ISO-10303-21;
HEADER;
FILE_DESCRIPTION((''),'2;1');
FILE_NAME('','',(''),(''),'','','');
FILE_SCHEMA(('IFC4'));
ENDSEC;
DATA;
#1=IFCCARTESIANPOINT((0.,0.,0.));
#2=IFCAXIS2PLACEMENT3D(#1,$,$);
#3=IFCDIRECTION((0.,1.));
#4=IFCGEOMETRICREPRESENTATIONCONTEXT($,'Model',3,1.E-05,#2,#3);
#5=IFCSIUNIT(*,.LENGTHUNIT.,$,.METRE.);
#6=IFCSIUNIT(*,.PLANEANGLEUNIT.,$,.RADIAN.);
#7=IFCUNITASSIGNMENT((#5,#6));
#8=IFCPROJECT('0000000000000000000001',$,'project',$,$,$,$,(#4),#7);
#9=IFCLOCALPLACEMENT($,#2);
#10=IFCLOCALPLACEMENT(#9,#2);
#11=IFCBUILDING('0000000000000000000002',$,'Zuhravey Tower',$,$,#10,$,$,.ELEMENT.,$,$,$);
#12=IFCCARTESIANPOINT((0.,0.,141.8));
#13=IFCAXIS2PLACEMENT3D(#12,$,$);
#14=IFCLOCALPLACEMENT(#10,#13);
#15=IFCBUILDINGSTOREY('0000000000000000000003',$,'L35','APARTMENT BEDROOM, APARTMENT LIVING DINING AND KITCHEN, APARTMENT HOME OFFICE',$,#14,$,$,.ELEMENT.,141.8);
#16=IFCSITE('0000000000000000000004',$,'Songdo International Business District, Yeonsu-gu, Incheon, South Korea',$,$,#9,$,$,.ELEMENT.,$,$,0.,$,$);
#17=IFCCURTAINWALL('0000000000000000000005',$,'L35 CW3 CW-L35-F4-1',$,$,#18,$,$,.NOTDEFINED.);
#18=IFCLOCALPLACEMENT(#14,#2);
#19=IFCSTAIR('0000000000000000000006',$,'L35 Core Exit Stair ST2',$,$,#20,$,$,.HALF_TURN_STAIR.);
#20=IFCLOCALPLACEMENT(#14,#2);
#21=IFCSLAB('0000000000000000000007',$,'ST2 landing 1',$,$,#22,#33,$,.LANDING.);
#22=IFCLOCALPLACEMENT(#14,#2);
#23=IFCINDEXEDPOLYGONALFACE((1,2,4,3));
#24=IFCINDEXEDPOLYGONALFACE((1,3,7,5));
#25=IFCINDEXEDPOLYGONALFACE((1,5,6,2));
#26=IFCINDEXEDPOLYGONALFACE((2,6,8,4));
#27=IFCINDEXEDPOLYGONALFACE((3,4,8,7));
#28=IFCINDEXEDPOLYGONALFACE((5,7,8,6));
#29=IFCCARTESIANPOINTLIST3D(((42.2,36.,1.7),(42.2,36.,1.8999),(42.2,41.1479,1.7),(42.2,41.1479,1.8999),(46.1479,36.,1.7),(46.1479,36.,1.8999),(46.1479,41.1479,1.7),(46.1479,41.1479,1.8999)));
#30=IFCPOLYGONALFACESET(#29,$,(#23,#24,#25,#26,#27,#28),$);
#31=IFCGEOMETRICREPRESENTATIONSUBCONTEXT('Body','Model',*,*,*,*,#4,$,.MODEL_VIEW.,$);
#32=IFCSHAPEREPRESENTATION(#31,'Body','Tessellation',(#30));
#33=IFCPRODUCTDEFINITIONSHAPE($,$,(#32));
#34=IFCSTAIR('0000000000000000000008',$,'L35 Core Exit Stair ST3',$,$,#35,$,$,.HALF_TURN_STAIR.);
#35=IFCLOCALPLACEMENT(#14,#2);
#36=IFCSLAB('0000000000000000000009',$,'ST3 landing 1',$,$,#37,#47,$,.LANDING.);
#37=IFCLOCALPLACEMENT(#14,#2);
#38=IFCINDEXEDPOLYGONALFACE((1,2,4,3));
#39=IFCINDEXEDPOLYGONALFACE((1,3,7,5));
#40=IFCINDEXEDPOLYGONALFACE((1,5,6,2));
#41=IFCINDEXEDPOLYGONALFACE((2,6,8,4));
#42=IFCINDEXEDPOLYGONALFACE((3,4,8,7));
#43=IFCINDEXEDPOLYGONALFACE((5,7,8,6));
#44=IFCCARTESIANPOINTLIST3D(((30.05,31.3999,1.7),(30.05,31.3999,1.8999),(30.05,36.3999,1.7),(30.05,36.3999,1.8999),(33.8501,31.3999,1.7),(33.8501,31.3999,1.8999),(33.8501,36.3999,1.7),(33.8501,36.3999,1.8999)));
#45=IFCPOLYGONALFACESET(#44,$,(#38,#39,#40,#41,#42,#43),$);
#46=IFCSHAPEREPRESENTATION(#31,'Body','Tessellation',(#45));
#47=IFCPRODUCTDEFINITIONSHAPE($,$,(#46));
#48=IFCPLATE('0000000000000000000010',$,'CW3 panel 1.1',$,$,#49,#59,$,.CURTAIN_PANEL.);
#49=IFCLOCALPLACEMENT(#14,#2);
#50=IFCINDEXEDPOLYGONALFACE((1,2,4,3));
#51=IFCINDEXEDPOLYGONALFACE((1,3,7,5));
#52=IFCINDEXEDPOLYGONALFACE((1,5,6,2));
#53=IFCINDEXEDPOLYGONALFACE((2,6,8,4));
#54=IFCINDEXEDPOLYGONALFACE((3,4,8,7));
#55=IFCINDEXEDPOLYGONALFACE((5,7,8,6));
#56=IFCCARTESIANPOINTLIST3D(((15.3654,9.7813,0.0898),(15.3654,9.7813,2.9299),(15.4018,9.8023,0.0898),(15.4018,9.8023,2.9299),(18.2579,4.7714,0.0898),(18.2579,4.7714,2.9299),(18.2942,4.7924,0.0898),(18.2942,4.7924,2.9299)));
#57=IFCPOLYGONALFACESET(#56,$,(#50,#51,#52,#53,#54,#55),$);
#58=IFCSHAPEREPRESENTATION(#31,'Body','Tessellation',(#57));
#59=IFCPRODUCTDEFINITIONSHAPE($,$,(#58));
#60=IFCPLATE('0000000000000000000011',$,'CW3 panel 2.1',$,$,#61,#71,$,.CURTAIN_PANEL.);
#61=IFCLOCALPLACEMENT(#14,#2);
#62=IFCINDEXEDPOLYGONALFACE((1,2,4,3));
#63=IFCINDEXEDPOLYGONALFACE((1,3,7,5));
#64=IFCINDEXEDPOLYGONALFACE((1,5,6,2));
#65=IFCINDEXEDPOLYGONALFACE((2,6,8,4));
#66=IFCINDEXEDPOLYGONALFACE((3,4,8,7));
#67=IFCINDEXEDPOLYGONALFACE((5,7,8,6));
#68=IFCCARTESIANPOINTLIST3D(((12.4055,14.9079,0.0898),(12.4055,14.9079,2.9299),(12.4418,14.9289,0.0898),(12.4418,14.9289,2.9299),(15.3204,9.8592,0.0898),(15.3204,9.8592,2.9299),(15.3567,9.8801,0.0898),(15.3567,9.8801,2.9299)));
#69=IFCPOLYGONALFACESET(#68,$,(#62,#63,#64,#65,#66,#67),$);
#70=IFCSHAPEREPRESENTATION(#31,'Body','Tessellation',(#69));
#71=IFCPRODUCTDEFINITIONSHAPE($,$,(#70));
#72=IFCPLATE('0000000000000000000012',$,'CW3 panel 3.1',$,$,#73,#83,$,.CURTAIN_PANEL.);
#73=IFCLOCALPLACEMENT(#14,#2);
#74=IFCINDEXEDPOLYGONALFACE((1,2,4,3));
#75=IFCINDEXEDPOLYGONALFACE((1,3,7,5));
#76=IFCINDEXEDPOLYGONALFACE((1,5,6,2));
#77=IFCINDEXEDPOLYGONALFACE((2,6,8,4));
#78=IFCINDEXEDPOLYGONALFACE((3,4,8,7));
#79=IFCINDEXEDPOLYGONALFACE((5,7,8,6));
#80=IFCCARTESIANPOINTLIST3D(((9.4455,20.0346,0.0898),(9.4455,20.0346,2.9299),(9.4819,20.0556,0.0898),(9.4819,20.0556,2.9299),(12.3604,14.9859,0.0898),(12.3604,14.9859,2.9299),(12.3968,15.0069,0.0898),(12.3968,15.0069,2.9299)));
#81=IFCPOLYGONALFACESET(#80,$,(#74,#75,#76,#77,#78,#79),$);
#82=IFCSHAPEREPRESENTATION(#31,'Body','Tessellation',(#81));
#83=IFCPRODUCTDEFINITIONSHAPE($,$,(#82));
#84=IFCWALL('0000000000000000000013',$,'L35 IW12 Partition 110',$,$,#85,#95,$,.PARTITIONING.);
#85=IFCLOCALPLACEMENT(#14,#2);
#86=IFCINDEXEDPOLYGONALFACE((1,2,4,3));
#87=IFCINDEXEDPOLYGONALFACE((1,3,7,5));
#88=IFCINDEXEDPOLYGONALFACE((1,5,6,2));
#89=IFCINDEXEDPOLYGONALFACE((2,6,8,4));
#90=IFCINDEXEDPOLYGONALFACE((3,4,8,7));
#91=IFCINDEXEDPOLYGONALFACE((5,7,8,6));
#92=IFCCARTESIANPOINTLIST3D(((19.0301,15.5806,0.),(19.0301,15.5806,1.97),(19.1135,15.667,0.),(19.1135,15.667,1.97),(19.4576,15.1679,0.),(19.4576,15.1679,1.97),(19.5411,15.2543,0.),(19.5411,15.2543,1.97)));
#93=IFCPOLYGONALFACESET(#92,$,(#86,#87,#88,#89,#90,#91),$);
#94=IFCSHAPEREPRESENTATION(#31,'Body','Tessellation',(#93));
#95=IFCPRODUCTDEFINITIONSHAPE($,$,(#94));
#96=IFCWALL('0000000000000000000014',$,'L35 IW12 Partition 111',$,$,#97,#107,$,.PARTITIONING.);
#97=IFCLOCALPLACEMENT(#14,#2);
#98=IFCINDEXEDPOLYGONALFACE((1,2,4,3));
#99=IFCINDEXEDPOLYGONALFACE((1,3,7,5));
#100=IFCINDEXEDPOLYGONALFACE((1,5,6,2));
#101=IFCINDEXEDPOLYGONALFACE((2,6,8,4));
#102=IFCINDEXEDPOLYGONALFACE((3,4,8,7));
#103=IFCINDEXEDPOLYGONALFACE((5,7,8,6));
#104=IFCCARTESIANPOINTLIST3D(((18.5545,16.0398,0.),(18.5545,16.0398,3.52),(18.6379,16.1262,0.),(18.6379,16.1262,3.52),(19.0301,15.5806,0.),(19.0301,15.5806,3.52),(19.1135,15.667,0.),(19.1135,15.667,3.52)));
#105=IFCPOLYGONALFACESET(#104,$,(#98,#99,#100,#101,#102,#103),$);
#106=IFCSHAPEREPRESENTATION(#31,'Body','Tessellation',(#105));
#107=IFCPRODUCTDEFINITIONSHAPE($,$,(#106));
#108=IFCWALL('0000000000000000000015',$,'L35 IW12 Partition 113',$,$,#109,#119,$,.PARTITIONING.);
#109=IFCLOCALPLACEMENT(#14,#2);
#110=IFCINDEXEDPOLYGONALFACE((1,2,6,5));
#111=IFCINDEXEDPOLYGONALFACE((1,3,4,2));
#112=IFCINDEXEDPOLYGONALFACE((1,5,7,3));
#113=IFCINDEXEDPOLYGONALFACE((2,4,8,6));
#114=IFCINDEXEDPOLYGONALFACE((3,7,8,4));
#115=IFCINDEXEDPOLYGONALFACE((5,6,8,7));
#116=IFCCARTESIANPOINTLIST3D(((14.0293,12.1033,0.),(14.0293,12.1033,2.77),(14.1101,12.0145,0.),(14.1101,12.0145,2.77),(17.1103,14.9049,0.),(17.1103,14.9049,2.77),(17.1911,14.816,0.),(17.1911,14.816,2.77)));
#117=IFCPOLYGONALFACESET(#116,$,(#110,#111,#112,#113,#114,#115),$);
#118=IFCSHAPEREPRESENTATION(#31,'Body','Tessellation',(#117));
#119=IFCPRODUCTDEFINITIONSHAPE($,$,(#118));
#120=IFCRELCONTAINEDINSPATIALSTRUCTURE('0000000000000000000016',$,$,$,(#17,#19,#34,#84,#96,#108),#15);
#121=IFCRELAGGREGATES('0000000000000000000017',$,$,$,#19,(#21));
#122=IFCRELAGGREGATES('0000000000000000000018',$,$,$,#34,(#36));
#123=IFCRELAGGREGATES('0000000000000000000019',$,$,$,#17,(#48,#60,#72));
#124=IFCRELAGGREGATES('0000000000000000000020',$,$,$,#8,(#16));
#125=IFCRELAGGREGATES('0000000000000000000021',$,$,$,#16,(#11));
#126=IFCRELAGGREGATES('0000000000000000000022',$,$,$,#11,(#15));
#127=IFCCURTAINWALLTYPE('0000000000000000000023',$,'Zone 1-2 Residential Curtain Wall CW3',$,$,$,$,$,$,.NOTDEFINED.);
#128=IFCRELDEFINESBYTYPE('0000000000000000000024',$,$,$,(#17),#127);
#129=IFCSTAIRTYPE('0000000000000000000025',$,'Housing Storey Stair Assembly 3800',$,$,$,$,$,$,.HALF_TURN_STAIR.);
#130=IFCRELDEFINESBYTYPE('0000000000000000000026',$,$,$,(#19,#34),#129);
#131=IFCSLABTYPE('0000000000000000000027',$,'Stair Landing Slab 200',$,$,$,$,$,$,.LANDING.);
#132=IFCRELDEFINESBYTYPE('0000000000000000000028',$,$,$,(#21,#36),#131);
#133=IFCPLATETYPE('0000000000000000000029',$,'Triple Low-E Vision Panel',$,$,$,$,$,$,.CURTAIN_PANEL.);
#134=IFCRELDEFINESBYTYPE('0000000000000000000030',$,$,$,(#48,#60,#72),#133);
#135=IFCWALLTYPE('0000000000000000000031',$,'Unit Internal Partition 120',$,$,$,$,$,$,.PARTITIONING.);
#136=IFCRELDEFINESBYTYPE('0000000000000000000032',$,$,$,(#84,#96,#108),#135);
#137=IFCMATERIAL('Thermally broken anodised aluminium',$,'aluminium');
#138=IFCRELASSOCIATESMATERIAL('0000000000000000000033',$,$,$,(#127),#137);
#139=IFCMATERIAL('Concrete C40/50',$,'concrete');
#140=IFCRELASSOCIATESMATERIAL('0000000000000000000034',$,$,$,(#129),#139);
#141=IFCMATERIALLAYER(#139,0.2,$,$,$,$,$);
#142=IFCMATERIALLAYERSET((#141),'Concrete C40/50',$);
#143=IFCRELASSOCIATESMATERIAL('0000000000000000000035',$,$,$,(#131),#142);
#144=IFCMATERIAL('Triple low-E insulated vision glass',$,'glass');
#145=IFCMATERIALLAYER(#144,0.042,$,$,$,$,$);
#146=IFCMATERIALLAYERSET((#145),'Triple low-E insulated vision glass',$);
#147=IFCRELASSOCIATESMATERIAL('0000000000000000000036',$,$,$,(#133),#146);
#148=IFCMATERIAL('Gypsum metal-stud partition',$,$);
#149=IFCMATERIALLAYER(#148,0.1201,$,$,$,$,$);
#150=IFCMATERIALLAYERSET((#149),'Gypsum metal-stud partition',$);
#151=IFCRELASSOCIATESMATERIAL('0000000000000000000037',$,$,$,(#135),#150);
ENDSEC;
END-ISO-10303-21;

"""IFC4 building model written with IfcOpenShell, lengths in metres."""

from ifc_helpers import new_model, si_unit, direction, frame, frame_2d, origin, origin_2d, place, context, subcontext, project, spatial, polyline, rectangle, outline, extrude, material, layer, layer_set, type_object, element, aggregate, save


model = new_model("IFC4")

# Units and contexts
model_context = context("Model", 3, precision=1e-05, world=origin(), true_north=direction((0.0, 1.0)))
body_context = subcontext(model_context, "Body", "Model", "MODEL_VIEW")
ifc_project = project(units=[si_unit("LENGTHUNIT", "METRE"), si_unit("PLANEANGLEUNIT", "RADIAN")], contexts=[model_context])

# Site, building, storey
site_placement = place(None, origin())
site = spatial("IfcSite", under=ifc_project, at=site_placement, Name="Songdo International Business District, Yeonsu-gu, Incheon, South Korea", CompositionType="ELEMENT", RefElevation=0.0)
building_placement = place(site_placement, origin())
building = spatial("IfcBuilding", under=site, at=building_placement, Name="Zuhravey Tower", CompositionType="ELEMENT")
storey_placement = place(building_placement, frame((0.0, 0.0, 141.8)))
storey = spatial("IfcBuildingStorey", under=building, at=storey_placement, Name="L35", Description="APARTMENT BEDROOM, APARTMENT LIVING DINING AND KITCHEN, APARTMENT HOME OFFICE", CompositionType="ELEMENT", Elevation=141.8)

# Curtain wall
ifc_material_1 = material(Name="Thermally broken anodised aluminium", Category="aluminium")
curtain_wall_type = type_object("IfcCurtainWallType", Name="Zone 1-2 Residential Curtain Wall CW3", PredefinedType="NOTDEFINED", material=ifc_material_1)
curtain_wall_placement = place(storey_placement, origin())
curtain_wall = element("IfcCurtainWall", 1, at=curtain_wall_placement, inside=storey, type_object=curtain_wall_type, Name="L35 CW3 CW-L35-F4-1", PredefinedType="NOTDEFINED")

# Shared definitions
ifc_material_2 = material(Name="Concrete C40/50", Category="concrete")

# Stairs, slabs
stair_type = type_object("IfcStairType", Name="Housing Storey Stair Assembly 3800", PredefinedType="HALF_TURN_STAIR", material=ifc_material_2)
ifc_layer_1 = layer(ifc_material_2, 0.2)
ifc_layer_set_1 = layer_set([ifc_layer_1], Name="Concrete C40/50")
slab_type_1 = type_object("IfcSlabType", Name="Stair Landing Slab 200", PredefinedType="LANDING", material=ifc_layer_set_1)
stair_1_placement = place(storey_placement, origin())
stair_1 = element("IfcStair", 2, at=stair_1_placement, inside=storey, type_object=stair_type, Name="L35 Core Exit Stair ST2", PredefinedType="HALF_TURN_STAIR")
slab_1_placement = place(storey_placement, frame((0.0, 0.0, 1.7)))
slab_1 = element("IfcSlab", 3, at=slab_1_placement, type_object=slab_type_1, Name="ST2 landing 1", PredefinedType="LANDING", context=body_context, shape_type="SweptSolid", body=[
    extrude(outline(polyline([(46.1479, 36.0), (46.1479, 41.1479), (42.2, 41.1479), (42.2, 36.0), (46.1479, 36.0)])), origin(), (0.0, 0.0, 1.0), 0.2),
])
aggregate(stair_1, [slab_1])
stair_2_placement = place(storey_placement, origin())
stair_2 = element("IfcStair", 4, at=stair_2_placement, inside=storey, type_object=stair_type, Name="L35 Core Exit Stair ST3", PredefinedType="HALF_TURN_STAIR")
slab_2_placement = place(storey_placement, frame((0.0, 0.0, 1.7)))
slab_2 = element("IfcSlab", 5, at=slab_2_placement, type_object=slab_type_1, Name="ST3 landing 1", PredefinedType="LANDING", context=body_context, shape_type="SweptSolid", body=[
    extrude(outline(polyline([(30.05, 36.3999), (30.05, 31.3999), (33.8501, 31.3999), (33.8501, 36.3999), (30.05, 36.3999)])), origin(), (0.0, 0.0, 1.0), 0.2),
])
aggregate(stair_2, [slab_2])

# Plates
ifc_material_3 = material(Name="Triple low-E insulated vision glass", Category="glass")
ifc_layer_2 = layer(ifc_material_3, 0.042)
ifc_layer_set_2 = layer_set([ifc_layer_2], Name="Triple low-E insulated vision glass")
plate_type_1 = type_object("IfcPlateType", Name="Triple Low-E Vision Panel", PredefinedType="CURTAIN_PANEL", material=ifc_layer_set_2)
plate_1_placement = place(storey_placement, frame((16.8298, 7.2869, 0.0898), z_axis=(0.0, 0.0, 1.0), x_axis=(-0.5, 0.866026, 0.0)))
plate_1 = element("IfcPlate", 6, at=plate_1_placement, type_object=plate_type_1, Name="CW3 panel 1.1", PredefinedType="CURTAIN_PANEL", context=body_context, shape_type="SweptSolid", body=[
    extrude(rectangle(XDim=5.7849, YDim=0.042, at=origin_2d()), origin(), (0.0, 0.0, 1.0), 2.8401),
])
plate_2_placement = place(storey_placement, frame((13.8811, 12.394, 0.0898), z_axis=(0.0, 0.0, 1.0), x_axis=(-0.5, 0.866026, 0.0)))
plate_2 = element("IfcPlate", 7, at=plate_2_placement, type_object=plate_type_1, Name="CW3 panel 2.1", PredefinedType="CURTAIN_PANEL", context=body_context, shape_type="SweptSolid", body=[
    extrude(rectangle(XDim=5.8298, YDim=0.042, at=origin_2d()), origin(), (0.0, 0.0, 1.0), 2.8401),
])
plate_3_placement = place(storey_placement, frame((10.9211, 17.5208, 0.0898), z_axis=(0.0, 0.0, 1.0), x_axis=(-0.5, 0.866026, 0.0)))
plate_3 = element("IfcPlate", 8, at=plate_3_placement, type_object=plate_type_1, Name="CW3 panel 3.1", PredefinedType="CURTAIN_PANEL", context=body_context, shape_type="SweptSolid", body=[
    extrude(rectangle(XDim=5.8298, YDim=0.042, at=origin_2d()), origin(), (0.0, 0.0, 1.0), 2.8401),
])
aggregate(curtain_wall, [plate_1, plate_2, plate_3])

# Walls
ifc_material_4 = material(Name="Gypsum metal-stud partition")
ifc_layer_3 = layer(ifc_material_4, 0.1201)
ifc_layer_set_3 = layer_set([ifc_layer_3], Name="Gypsum metal-stud partition")
wall_type = type_object("IfcWallType", Name="Unit Internal Partition 120", PredefinedType="PARTITIONING", material=ifc_layer_set_3)
wall_1_placement = place(storey_placement, frame((19.0718, 15.6238, 0.0), z_axis=(0.0, 0.0, 1.0), x_axis=(0.719529, -0.694463, 0.0)))
element("IfcWall", 9, at=wall_1_placement, inside=storey, type_object=wall_type, Name="L35 IW12 Partition 110", PredefinedType="PARTITIONING", context=body_context, shape_type="SweptSolid", body=[
    extrude(rectangle(XDim=0.5942, YDim=0.1201, at=frame_2d((0.2971, 0.0))), origin(), (0.0, 0.0, 1.0), 1.97),
])
wall_2_placement = place(storey_placement, frame((18.5962, 16.083, 0.0), z_axis=(0.0, 0.0, 1.0), x_axis=(0.71937, -0.694627, 0.0)))
element("IfcWall", 10, at=wall_2_placement, inside=storey, type_object=wall_type, Name="L35 IW12 Partition 111", PredefinedType="PARTITIONING", context=body_context, shape_type="SweptSolid", body=[
    extrude(rectangle(XDim=0.6611, YDim=0.1201, at=frame_2d((0.3306, 0.0))), origin(), (0.0, 0.0, 1.0), 3.52),
])
wall_3_placement = place(storey_placement, frame((17.1506, 14.8604, 0.0), z_axis=(0.0, 0.0, 1.0), x_axis=(-0.739874, -0.672746, 0.0)))
element("IfcWall", 11, at=wall_3_placement, inside=storey, type_object=wall_type, Name="L35 IW12 Partition 113", PredefinedType="PARTITIONING", context=body_context, shape_type="SweptSolid", body=[
    extrude(rectangle(XDim=4.1643, YDim=0.1201, at=frame_2d((2.082, 0.0))), origin(), (0.0, 0.0, 1.0), 2.77),
])

save(model, "model.ifc")
